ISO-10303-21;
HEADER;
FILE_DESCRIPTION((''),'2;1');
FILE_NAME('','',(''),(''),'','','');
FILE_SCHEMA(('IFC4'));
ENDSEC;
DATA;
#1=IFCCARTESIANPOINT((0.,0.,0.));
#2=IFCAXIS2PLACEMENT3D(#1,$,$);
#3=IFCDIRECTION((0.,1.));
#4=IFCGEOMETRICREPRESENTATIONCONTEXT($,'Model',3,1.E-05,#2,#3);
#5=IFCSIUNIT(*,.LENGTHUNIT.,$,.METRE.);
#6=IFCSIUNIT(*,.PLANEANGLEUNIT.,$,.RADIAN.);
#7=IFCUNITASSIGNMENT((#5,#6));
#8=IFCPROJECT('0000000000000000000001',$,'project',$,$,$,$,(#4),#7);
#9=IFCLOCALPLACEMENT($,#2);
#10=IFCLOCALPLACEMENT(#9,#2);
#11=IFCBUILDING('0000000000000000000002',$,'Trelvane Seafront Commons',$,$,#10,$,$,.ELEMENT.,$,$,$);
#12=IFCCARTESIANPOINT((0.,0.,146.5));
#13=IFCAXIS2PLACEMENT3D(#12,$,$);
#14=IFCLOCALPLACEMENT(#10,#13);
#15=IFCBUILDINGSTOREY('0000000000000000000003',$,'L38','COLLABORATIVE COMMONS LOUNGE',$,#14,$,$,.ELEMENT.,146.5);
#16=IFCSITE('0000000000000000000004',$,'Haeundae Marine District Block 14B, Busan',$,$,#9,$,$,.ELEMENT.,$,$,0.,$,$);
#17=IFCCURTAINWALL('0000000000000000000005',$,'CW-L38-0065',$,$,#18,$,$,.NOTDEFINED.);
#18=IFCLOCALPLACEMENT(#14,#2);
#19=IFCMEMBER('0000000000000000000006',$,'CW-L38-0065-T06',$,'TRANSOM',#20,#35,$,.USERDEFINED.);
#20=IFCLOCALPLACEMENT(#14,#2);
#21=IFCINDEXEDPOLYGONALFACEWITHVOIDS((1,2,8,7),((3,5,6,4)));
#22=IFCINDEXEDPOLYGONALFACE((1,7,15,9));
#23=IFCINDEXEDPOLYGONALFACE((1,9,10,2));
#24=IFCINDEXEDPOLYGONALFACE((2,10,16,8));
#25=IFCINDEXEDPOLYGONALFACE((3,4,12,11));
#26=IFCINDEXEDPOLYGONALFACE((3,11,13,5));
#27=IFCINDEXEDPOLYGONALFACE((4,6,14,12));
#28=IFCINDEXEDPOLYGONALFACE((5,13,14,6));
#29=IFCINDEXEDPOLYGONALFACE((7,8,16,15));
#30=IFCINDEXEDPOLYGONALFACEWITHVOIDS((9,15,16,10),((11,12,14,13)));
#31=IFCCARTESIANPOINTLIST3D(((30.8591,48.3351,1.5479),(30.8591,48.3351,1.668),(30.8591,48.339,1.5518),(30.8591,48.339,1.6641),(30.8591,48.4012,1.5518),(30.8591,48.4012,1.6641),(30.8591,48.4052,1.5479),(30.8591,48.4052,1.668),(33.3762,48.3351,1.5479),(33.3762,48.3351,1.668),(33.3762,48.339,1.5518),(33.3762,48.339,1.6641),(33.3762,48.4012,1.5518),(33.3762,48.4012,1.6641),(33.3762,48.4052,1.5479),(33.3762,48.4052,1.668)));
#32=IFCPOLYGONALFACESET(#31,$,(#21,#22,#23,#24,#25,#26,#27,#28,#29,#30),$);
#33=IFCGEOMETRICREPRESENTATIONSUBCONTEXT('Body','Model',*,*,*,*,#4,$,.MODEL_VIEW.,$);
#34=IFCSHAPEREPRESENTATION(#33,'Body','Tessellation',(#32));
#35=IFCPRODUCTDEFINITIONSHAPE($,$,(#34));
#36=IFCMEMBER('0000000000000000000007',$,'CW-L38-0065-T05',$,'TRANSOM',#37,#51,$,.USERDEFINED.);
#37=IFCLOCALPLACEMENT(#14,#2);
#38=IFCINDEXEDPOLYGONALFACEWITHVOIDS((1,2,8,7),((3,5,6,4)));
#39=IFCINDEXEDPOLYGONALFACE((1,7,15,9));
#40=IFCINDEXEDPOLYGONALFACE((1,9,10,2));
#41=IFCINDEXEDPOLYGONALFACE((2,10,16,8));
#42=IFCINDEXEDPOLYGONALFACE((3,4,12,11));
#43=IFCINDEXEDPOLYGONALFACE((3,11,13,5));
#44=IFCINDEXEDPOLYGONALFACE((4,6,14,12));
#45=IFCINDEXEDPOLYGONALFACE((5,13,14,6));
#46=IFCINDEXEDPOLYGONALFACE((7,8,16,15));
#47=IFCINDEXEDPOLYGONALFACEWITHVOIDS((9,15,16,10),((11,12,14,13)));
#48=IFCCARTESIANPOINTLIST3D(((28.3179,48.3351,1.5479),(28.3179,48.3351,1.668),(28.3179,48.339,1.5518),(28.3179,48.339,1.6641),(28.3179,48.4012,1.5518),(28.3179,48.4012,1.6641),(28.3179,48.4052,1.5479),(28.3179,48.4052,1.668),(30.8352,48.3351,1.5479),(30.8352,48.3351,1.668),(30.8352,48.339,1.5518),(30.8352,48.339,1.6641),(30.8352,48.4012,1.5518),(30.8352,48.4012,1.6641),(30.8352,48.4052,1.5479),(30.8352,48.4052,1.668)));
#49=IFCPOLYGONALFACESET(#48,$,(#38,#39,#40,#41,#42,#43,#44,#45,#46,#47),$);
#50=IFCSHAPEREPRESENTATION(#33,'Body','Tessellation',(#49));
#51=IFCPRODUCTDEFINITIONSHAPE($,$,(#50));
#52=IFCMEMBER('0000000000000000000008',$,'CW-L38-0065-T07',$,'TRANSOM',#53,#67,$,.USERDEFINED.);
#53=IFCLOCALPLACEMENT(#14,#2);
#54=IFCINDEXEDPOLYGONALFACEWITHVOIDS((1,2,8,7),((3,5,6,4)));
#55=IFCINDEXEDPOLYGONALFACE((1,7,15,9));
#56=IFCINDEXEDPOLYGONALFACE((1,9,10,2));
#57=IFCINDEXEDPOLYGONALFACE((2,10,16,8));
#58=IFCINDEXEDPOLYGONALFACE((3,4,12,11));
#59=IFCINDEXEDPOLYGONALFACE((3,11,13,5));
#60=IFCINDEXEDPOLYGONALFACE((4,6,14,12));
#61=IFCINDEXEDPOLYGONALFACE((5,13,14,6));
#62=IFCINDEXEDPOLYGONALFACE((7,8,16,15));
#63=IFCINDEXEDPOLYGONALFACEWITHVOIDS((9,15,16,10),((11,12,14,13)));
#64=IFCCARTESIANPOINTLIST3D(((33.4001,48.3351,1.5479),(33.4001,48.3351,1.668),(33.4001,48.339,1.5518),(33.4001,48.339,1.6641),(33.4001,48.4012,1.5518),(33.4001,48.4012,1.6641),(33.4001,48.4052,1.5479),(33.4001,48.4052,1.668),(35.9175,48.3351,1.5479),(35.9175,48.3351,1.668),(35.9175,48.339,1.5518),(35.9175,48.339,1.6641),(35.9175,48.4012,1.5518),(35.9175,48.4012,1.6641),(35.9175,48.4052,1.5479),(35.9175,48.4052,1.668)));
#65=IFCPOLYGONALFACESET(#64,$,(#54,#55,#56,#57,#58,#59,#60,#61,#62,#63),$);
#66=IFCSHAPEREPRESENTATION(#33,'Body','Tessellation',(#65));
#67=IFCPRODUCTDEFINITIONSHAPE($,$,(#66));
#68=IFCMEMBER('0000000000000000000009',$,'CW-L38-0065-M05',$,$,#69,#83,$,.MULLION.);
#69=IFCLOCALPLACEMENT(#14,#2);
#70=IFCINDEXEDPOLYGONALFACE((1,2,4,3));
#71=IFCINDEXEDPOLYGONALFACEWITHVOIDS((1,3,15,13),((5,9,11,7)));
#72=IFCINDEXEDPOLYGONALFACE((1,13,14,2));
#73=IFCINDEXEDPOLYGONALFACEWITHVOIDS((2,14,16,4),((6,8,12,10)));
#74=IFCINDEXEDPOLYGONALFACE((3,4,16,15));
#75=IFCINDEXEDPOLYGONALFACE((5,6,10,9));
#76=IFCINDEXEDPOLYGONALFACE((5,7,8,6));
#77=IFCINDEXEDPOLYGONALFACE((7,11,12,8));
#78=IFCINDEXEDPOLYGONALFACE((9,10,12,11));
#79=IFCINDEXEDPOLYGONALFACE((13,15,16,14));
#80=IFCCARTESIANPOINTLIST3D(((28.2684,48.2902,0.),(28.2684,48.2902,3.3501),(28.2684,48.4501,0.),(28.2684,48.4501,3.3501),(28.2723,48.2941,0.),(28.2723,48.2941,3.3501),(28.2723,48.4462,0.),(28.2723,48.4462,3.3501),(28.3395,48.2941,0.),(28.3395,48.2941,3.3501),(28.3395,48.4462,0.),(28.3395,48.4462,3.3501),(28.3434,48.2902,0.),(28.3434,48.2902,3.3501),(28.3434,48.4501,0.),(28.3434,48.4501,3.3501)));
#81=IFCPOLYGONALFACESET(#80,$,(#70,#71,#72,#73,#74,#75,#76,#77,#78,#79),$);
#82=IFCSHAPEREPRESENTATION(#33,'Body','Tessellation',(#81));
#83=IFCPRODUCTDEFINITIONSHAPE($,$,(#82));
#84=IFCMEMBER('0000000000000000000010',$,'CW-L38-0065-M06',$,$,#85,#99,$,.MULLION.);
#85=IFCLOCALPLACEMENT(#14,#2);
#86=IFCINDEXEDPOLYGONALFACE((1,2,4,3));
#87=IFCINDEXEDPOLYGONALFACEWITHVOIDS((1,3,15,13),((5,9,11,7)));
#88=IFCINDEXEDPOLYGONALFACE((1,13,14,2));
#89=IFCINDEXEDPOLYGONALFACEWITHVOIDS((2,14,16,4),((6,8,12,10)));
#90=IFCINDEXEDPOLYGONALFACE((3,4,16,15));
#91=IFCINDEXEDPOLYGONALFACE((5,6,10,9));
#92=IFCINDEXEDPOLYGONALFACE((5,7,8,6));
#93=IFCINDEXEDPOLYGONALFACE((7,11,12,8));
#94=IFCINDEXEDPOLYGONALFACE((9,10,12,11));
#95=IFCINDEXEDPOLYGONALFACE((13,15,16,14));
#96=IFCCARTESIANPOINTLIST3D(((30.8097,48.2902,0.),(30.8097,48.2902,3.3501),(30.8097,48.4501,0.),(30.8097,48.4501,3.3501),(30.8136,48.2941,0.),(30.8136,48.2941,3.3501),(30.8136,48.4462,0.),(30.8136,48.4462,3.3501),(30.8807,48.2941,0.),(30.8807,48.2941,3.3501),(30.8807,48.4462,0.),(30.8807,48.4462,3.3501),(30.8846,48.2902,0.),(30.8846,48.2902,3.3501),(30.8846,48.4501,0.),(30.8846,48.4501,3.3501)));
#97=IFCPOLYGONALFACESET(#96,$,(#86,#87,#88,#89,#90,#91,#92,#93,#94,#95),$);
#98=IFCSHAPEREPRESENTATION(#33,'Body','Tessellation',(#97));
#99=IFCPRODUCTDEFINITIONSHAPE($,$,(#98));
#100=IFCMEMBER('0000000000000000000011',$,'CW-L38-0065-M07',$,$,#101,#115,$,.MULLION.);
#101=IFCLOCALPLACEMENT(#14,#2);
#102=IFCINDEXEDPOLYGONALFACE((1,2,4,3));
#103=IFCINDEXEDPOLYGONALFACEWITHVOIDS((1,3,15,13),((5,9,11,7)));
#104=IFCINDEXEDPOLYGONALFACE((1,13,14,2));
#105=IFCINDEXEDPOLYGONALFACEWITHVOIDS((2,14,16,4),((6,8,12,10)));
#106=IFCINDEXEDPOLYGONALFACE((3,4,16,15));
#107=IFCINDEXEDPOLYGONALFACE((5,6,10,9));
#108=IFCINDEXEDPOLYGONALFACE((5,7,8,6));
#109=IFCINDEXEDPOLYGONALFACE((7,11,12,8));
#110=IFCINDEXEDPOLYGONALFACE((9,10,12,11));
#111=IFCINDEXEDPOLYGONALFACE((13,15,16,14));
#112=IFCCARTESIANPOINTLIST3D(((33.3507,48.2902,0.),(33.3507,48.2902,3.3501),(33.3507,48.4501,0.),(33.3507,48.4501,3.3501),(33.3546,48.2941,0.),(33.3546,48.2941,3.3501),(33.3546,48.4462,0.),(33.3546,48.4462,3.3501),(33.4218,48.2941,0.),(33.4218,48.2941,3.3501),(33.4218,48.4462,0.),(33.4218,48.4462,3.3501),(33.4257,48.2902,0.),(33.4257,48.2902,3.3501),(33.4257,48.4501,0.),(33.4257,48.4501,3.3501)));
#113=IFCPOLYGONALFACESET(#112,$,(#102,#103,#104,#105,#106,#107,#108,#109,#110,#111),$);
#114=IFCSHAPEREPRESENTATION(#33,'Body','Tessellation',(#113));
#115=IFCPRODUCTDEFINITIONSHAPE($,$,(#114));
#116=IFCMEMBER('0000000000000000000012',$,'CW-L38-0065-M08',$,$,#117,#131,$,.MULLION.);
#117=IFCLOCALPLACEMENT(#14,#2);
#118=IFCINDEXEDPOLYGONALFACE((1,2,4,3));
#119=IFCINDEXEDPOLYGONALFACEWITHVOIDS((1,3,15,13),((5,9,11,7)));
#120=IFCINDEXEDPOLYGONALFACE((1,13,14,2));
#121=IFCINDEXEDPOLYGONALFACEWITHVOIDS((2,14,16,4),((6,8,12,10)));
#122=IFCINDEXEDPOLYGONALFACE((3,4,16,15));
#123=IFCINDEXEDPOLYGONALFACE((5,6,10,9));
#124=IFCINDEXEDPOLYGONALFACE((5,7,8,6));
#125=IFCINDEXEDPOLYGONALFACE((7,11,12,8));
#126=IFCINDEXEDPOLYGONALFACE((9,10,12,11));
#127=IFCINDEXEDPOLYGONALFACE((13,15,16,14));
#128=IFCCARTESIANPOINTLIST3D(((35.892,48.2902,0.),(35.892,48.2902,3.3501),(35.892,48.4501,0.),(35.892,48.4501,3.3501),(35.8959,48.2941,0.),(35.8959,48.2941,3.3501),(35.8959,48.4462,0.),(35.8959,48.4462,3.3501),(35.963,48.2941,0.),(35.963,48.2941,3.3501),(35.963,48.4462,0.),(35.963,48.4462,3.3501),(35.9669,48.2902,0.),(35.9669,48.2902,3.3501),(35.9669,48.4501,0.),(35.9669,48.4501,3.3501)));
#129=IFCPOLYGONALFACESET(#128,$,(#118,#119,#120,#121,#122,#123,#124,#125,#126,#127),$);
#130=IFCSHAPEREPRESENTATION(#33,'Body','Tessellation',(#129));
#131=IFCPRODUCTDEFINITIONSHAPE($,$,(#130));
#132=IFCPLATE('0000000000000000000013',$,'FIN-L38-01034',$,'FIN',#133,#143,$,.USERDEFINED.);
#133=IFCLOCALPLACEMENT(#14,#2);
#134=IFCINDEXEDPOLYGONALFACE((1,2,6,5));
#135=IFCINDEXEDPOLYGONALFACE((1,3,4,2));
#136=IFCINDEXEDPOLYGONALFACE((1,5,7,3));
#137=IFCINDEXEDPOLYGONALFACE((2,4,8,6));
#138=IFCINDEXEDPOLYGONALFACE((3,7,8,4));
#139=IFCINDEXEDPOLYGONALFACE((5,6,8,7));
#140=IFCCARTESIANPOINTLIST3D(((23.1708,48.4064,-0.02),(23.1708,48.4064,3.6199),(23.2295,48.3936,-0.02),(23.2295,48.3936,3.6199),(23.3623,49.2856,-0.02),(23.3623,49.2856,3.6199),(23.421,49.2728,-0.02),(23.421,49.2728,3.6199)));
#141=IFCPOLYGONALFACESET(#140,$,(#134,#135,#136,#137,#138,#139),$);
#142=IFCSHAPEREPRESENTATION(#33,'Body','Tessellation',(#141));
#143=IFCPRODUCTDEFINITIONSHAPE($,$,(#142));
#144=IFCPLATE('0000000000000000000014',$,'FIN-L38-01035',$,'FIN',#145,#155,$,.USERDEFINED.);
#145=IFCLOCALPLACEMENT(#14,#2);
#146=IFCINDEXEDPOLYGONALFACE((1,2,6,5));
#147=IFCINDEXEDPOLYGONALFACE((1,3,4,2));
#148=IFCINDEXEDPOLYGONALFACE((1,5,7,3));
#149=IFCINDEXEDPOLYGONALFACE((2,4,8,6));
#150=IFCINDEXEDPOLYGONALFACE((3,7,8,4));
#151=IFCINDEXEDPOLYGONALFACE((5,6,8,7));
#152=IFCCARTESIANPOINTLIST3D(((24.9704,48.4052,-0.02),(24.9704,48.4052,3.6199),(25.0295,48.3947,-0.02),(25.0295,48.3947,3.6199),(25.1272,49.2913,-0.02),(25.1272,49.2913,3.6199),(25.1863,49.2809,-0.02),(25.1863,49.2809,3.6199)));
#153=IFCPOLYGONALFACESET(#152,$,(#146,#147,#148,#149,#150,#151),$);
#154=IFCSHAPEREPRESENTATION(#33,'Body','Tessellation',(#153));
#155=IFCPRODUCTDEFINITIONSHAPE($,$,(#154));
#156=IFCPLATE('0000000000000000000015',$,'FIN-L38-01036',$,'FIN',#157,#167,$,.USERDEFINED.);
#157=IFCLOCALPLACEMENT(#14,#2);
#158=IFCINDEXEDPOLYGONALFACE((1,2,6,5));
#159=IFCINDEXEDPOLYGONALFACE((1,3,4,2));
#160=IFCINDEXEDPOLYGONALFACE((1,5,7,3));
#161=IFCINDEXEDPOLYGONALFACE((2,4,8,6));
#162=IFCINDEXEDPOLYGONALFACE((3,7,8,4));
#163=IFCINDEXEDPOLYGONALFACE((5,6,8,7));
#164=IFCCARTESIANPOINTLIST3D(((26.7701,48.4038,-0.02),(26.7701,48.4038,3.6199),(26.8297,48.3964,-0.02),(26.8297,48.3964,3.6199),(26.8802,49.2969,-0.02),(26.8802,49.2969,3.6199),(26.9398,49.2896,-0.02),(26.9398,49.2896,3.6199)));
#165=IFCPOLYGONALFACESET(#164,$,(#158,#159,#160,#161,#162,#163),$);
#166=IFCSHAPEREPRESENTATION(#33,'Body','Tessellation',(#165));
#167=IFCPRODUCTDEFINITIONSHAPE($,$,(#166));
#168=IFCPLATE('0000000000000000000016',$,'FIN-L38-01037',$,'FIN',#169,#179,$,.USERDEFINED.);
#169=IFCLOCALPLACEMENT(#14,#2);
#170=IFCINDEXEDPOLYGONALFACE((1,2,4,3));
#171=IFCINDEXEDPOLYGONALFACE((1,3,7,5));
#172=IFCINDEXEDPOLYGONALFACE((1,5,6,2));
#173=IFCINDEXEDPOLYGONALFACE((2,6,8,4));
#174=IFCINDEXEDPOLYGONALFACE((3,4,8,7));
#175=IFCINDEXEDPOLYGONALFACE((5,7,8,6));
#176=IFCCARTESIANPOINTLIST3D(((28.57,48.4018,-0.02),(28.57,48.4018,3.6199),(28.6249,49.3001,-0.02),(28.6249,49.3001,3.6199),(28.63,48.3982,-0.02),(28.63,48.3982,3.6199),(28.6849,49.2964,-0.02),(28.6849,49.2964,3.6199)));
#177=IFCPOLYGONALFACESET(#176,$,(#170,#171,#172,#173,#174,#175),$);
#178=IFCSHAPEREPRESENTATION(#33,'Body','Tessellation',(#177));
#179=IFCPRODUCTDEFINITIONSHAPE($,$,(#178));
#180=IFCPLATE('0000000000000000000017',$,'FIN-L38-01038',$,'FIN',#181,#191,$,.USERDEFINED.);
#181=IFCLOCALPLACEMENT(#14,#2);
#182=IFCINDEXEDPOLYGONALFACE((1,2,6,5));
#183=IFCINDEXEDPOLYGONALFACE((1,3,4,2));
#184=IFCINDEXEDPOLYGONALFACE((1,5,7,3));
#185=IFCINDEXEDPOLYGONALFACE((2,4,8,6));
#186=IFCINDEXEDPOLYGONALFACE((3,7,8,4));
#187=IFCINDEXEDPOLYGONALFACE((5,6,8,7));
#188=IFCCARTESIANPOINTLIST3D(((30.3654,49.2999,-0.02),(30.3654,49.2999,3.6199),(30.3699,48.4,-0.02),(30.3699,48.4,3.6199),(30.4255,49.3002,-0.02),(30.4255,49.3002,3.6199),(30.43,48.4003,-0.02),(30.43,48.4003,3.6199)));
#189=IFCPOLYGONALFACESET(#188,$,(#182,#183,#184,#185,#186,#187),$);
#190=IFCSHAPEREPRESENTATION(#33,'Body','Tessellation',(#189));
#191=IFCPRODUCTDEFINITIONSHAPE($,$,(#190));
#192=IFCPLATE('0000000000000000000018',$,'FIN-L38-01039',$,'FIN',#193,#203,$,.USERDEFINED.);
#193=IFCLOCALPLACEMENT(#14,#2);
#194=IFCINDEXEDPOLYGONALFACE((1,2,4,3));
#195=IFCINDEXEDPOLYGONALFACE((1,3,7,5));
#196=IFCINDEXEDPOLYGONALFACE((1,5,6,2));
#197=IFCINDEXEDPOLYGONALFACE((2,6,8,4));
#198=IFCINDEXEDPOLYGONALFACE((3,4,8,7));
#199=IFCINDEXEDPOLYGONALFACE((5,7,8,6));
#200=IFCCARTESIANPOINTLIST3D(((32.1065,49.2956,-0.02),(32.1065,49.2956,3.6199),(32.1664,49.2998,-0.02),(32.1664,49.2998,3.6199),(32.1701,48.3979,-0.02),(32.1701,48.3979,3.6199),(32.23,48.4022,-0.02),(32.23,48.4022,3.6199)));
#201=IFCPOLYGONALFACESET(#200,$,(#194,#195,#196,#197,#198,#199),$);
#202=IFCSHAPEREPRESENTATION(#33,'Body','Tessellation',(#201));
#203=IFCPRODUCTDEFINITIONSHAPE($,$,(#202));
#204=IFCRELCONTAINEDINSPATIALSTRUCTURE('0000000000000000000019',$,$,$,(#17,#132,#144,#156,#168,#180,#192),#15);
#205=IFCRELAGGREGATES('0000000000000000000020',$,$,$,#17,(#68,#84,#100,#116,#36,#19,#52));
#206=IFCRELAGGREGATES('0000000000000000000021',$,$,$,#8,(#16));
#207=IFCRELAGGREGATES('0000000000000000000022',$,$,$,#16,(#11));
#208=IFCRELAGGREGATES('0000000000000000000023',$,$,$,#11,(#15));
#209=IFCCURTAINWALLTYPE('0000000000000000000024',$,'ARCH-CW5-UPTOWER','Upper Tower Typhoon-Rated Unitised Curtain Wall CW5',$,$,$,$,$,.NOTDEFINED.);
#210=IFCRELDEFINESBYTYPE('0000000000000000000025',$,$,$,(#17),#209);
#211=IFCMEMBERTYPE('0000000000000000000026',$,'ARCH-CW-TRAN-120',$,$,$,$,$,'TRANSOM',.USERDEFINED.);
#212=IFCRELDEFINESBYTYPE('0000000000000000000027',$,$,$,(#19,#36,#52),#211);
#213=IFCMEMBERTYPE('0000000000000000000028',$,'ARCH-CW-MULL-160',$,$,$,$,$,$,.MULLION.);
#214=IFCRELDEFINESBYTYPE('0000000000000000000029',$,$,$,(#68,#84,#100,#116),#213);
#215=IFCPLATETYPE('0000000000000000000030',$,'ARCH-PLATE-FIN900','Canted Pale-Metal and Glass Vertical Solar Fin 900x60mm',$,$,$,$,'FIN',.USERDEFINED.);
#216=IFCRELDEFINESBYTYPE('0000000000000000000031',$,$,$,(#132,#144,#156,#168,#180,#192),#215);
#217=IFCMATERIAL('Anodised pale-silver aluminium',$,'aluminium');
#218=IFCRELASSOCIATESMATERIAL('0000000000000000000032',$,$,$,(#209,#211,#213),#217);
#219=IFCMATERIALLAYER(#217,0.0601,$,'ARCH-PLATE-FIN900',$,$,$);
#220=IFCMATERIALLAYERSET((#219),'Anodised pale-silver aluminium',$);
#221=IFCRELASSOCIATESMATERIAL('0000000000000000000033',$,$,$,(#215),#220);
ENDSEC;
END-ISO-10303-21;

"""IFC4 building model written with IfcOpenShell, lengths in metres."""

from ifc_helpers import new_model, si_unit, direction, frame, origin, origin_2d, place, context, subcontext, project, spatial, rectangle, hollow_rectangle, extrude, source, transform, mapped, material, layer, layer_set, material_profile, profile_set, type_object, element, aggregate, save


model = new_model("IFC4")

# Units and contexts
model_context = context("Model", 3, precision=1e-05, world=origin(), true_north=direction((0.0, 1.0)))
body_context = subcontext(model_context, "Body", "Model", "MODEL_VIEW")
ifc_project = project(units=[si_unit("LENGTHUNIT", "METRE"), si_unit("PLANEANGLEUNIT", "RADIAN")], contexts=[model_context])

# Site, building, storey
site_placement = place(None, origin())
site = spatial("IfcSite", under=ifc_project, at=site_placement, Name="Haeundae Marine District Block 14B, Busan", CompositionType="ELEMENT", RefElevation=0.0)
building_placement = place(site_placement, origin())
building = spatial("IfcBuilding", under=site, at=building_placement, Name="Trelvane Seafront Commons", CompositionType="ELEMENT")
storey_placement = place(building_placement, frame((0.0, 0.0, 146.5)))
storey = spatial("IfcBuildingStorey", under=building, at=storey_placement, Name="L38", Description="COLLABORATIVE COMMONS LOUNGE", CompositionType="ELEMENT", Elevation=146.5)

# Curtain wall, members
ifc_material_1 = material(Name="Anodised pale-silver aluminium", Category="aluminium")
curtain_wall_type = type_object("IfcCurtainWallType", Name="ARCH-CW5-UPTOWER", Description="Upper Tower Typhoon-Rated Unitised Curtain Wall CW5", PredefinedType="NOTDEFINED", material=ifc_material_1)
curtain_wall_placement = place(storey_placement, origin())
curtain_wall = element("IfcCurtainWall", 1, at=curtain_wall_placement, inside=storey, type_object=curtain_wall_type, Name="CW-L38-0065", PredefinedType="NOTDEFINED")
ifc_material_profile_1 = material_profile(ifc_material_1, hollow_rectangle(XDim=0.0701, YDim=0.1201, WallThickness=0.0039, at=origin_2d()), Name="TRAN-70x120x4")
ifc_profile_set_1 = profile_set([ifc_material_profile_1], Name="Anodised pale-silver aluminium")
member_type_1 = type_object("IfcMemberType", Name="ARCH-CW-TRAN-120", ElementType="TRANSOM", PredefinedType="USERDEFINED", material=ifc_profile_set_1)
shared_shape_1 = source(origin(), body_context, "Body", "SweptSolid", [
    extrude(hollow_rectangle(XDim=0.0701, YDim=0.1201, WallThickness=0.0039, at=origin_2d()), origin(), (0.0, 0.0, 1.0), 2.5171),
])
member_1_placement = place(storey_placement, frame((30.8591, 48.3701, 1.6079), z_axis=(1.0, 0.0, 0.0), x_axis=(0.0, 1.0, 0.0)))
member_1 = element("IfcMember", 2, at=member_1_placement, type_object=member_type_1, Name="CW-L38-0065-T06", ObjectType="TRANSOM", PredefinedType="USERDEFINED", context=body_context, shape_type="MappedRepresentation", body=[
    mapped(shared_shape_1, transform((0.0, 0.0, 0.0), x_axis=(1.0, 0.0, 0.0), y_axis=(0.0, 1.0, 0.0), z_axis=(0.0, 0.0, 1.0), scale=1.0)),
])
shared_shape_2 = source(origin(), body_context, "Body", "SweptSolid", [
    extrude(hollow_rectangle(XDim=0.0701, YDim=0.1201, WallThickness=0.0039, at=origin_2d()), origin(), (0.0, 0.0, 1.0), 2.5173),
])
member_2_placement = place(storey_placement, frame((28.3179, 48.3701, 1.6079), z_axis=(1.0, 0.0, 0.0), x_axis=(0.0, 1.0, 0.0)))
member_2 = element("IfcMember", 3, at=member_2_placement, type_object=member_type_1, Name="CW-L38-0065-T05", ObjectType="TRANSOM", PredefinedType="USERDEFINED", context=body_context, shape_type="MappedRepresentation", body=[
    mapped(shared_shape_2, transform((0.0, 0.0, 0.0), x_axis=(1.0, 0.0, 0.0), y_axis=(0.0, 1.0, 0.0), z_axis=(0.0, 0.0, 1.0), scale=1.0)),
])
member_3_placement = place(storey_placement, frame((33.4001, 48.3701, 1.6079), z_axis=(1.0, 0.0, 0.0), x_axis=(0.0, 1.0, 0.0)))
member_3 = element("IfcMember", 4, at=member_3_placement, type_object=member_type_1, Name="CW-L38-0065-T07", ObjectType="TRANSOM", PredefinedType="USERDEFINED", context=body_context, shape_type="MappedRepresentation", body=[
    mapped(shared_shape_2, transform((0.0, 0.0, 0.0), x_axis=(1.0, 0.0, 0.0), y_axis=(0.0, 1.0, 0.0), z_axis=(0.0, 0.0, 1.0), scale=1.0)),
])
ifc_material_profile_2 = material_profile(ifc_material_1, hollow_rectangle(XDim=0.075, YDim=0.1599, WallThickness=0.0039, at=origin_2d()), Name="MULL-75x160x4")
ifc_profile_set_2 = profile_set([ifc_material_profile_2], Name="Anodised pale-silver aluminium")
member_type_2 = type_object("IfcMemberType", Name="ARCH-CW-MULL-160", PredefinedType="MULLION", material=ifc_profile_set_2)
shared_shape_3 = source(origin(), body_context, "Body", "SweptSolid", [
    extrude(hollow_rectangle(XDim=0.075, YDim=0.1599, WallThickness=0.0039, at=origin_2d()), origin(), (0.0, 0.0, 1.0), 3.3501),
])
member_4_placement = place(storey_placement, frame((28.3059, 48.3701, 0.0), z_axis=(0.0, 0.0, 1.0), x_axis=(1.0, 0.0, 0.0)))
member_4 = element("IfcMember", 5, at=member_4_placement, type_object=member_type_2, Name="CW-L38-0065-M05", PredefinedType="MULLION", context=body_context, shape_type="MappedRepresentation", body=[
    mapped(shared_shape_3, transform((0.0, 0.0, 0.0), x_axis=(1.0, 0.0, 0.0), y_axis=(0.0, 1.0, 0.0), z_axis=(0.0, 0.0, 1.0), scale=1.0)),
])
member_5_placement = place(storey_placement, frame((30.8472, 48.3701, 0.0), z_axis=(0.0, 0.0, 1.0), x_axis=(1.0, 0.0, 0.0)))
member_5 = element("IfcMember", 6, at=member_5_placement, type_object=member_type_2, Name="CW-L38-0065-M06", PredefinedType="MULLION", context=body_context, shape_type="MappedRepresentation", body=[
    mapped(shared_shape_3, transform((0.0, 0.0, 0.0), x_axis=(1.0, 0.0, 0.0), y_axis=(0.0, 1.0, 0.0), z_axis=(0.0, 0.0, 1.0), scale=1.0)),
])
member_6_placement = place(storey_placement, frame((33.3882, 48.3701, 0.0), z_axis=(0.0, 0.0, 1.0), x_axis=(1.0, 0.0, 0.0)))
member_6 = element("IfcMember", 7, at=member_6_placement, type_object=member_type_2, Name="CW-L38-0065-M07", PredefinedType="MULLION", context=body_context, shape_type="MappedRepresentation", body=[
    mapped(shared_shape_3, transform((0.0, 0.0, 0.0), x_axis=(1.0, 0.0, 0.0), y_axis=(0.0, 1.0, 0.0), z_axis=(0.0, 0.0, 1.0), scale=1.0)),
])
member_7_placement = place(storey_placement, frame((35.9294, 48.3701, 0.0), z_axis=(0.0, 0.0, 1.0), x_axis=(1.0, 0.0, 0.0)))
member_7 = element("IfcMember", 8, at=member_7_placement, type_object=member_type_2, Name="CW-L38-0065-M08", PredefinedType="MULLION", context=body_context, shape_type="MappedRepresentation", body=[
    mapped(shared_shape_3, transform((0.0, 0.0, 0.0), x_axis=(1.0, 0.0, 0.0), y_axis=(0.0, 1.0, 0.0), z_axis=(0.0, 0.0, 1.0), scale=1.0)),
])

# Plates
ifc_layer_1 = layer(ifc_material_1, 0.0601, Name="ARCH-PLATE-FIN900")
ifc_layer_set_1 = layer_set([ifc_layer_1], Name="Anodised pale-silver aluminium")
plate_type_1 = type_object("IfcPlateType", Name="ARCH-PLATE-FIN900", Description="Canted Pale-Metal and Glass Vertical Solar Fin 900x60mm", ElementType="FIN", PredefinedType="USERDEFINED", material=ifc_layer_set_1)
shared_shape_4 = source(origin(), body_context, "Body", "SweptSolid", [
    extrude(rectangle(XDim=0.8999, YDim=0.0601, at=origin_2d()), origin(), (0.0, 0.0, 1.0), 3.6399),
])
for number, where, z_axis, x_axis, name in (
    (9, (23.2959, 48.8396, -0.02), (0.0, 0.0, 1.0), (0.212882, 0.977078, 0.0), "FIN-L38-01034"),
    (10, (25.0784, 48.843, -0.02), (0.0, 0.0, 1.0), (0.174229, 0.984705, 0.0), "FIN-L38-01035"),
    (11, (26.855, 48.8467, -0.02), (0.0, 0.0, 1.0), (0.122339, 0.992488, 0.0), "FIN-L38-01036"),
    (12, (28.6274, 48.8491, -0.02), (0.0, 0.0, 1.0), (0.061002, 0.998138, 0.0), "FIN-L38-01037"),
    (13, (30.3977, 48.8501, -0.02), (0.0, 0.0, 1.0), (-0.005, 0.999987, 0.0), "FIN-L38-01038"),
    (14, (32.1682, 48.8489, -0.02), (0.0, 0.0, 1.0), (-0.070671, 0.9975, 0.0), "FIN-L38-01039"),
):
    element("IfcPlate", number, at=place(storey_placement, frame(where, z_axis=z_axis, x_axis=x_axis)), inside=storey, type_object=plate_type_1, Name=name, ObjectType="FIN", PredefinedType="USERDEFINED", context=body_context, shape_type="MappedRepresentation", body=[
        mapped(shared_shape_4, transform((0.0, 0.0, 0.0), x_axis=(1.0, 0.0, 0.0), y_axis=(0.0, 1.0, 0.0), z_axis=(0.0, 0.0, 1.0), scale=1.0)),
    ])

aggregate(curtain_wall, [member_4, member_5, member_6, member_7, member_2, member_1, member_3])

save(model, "model.ifc")
